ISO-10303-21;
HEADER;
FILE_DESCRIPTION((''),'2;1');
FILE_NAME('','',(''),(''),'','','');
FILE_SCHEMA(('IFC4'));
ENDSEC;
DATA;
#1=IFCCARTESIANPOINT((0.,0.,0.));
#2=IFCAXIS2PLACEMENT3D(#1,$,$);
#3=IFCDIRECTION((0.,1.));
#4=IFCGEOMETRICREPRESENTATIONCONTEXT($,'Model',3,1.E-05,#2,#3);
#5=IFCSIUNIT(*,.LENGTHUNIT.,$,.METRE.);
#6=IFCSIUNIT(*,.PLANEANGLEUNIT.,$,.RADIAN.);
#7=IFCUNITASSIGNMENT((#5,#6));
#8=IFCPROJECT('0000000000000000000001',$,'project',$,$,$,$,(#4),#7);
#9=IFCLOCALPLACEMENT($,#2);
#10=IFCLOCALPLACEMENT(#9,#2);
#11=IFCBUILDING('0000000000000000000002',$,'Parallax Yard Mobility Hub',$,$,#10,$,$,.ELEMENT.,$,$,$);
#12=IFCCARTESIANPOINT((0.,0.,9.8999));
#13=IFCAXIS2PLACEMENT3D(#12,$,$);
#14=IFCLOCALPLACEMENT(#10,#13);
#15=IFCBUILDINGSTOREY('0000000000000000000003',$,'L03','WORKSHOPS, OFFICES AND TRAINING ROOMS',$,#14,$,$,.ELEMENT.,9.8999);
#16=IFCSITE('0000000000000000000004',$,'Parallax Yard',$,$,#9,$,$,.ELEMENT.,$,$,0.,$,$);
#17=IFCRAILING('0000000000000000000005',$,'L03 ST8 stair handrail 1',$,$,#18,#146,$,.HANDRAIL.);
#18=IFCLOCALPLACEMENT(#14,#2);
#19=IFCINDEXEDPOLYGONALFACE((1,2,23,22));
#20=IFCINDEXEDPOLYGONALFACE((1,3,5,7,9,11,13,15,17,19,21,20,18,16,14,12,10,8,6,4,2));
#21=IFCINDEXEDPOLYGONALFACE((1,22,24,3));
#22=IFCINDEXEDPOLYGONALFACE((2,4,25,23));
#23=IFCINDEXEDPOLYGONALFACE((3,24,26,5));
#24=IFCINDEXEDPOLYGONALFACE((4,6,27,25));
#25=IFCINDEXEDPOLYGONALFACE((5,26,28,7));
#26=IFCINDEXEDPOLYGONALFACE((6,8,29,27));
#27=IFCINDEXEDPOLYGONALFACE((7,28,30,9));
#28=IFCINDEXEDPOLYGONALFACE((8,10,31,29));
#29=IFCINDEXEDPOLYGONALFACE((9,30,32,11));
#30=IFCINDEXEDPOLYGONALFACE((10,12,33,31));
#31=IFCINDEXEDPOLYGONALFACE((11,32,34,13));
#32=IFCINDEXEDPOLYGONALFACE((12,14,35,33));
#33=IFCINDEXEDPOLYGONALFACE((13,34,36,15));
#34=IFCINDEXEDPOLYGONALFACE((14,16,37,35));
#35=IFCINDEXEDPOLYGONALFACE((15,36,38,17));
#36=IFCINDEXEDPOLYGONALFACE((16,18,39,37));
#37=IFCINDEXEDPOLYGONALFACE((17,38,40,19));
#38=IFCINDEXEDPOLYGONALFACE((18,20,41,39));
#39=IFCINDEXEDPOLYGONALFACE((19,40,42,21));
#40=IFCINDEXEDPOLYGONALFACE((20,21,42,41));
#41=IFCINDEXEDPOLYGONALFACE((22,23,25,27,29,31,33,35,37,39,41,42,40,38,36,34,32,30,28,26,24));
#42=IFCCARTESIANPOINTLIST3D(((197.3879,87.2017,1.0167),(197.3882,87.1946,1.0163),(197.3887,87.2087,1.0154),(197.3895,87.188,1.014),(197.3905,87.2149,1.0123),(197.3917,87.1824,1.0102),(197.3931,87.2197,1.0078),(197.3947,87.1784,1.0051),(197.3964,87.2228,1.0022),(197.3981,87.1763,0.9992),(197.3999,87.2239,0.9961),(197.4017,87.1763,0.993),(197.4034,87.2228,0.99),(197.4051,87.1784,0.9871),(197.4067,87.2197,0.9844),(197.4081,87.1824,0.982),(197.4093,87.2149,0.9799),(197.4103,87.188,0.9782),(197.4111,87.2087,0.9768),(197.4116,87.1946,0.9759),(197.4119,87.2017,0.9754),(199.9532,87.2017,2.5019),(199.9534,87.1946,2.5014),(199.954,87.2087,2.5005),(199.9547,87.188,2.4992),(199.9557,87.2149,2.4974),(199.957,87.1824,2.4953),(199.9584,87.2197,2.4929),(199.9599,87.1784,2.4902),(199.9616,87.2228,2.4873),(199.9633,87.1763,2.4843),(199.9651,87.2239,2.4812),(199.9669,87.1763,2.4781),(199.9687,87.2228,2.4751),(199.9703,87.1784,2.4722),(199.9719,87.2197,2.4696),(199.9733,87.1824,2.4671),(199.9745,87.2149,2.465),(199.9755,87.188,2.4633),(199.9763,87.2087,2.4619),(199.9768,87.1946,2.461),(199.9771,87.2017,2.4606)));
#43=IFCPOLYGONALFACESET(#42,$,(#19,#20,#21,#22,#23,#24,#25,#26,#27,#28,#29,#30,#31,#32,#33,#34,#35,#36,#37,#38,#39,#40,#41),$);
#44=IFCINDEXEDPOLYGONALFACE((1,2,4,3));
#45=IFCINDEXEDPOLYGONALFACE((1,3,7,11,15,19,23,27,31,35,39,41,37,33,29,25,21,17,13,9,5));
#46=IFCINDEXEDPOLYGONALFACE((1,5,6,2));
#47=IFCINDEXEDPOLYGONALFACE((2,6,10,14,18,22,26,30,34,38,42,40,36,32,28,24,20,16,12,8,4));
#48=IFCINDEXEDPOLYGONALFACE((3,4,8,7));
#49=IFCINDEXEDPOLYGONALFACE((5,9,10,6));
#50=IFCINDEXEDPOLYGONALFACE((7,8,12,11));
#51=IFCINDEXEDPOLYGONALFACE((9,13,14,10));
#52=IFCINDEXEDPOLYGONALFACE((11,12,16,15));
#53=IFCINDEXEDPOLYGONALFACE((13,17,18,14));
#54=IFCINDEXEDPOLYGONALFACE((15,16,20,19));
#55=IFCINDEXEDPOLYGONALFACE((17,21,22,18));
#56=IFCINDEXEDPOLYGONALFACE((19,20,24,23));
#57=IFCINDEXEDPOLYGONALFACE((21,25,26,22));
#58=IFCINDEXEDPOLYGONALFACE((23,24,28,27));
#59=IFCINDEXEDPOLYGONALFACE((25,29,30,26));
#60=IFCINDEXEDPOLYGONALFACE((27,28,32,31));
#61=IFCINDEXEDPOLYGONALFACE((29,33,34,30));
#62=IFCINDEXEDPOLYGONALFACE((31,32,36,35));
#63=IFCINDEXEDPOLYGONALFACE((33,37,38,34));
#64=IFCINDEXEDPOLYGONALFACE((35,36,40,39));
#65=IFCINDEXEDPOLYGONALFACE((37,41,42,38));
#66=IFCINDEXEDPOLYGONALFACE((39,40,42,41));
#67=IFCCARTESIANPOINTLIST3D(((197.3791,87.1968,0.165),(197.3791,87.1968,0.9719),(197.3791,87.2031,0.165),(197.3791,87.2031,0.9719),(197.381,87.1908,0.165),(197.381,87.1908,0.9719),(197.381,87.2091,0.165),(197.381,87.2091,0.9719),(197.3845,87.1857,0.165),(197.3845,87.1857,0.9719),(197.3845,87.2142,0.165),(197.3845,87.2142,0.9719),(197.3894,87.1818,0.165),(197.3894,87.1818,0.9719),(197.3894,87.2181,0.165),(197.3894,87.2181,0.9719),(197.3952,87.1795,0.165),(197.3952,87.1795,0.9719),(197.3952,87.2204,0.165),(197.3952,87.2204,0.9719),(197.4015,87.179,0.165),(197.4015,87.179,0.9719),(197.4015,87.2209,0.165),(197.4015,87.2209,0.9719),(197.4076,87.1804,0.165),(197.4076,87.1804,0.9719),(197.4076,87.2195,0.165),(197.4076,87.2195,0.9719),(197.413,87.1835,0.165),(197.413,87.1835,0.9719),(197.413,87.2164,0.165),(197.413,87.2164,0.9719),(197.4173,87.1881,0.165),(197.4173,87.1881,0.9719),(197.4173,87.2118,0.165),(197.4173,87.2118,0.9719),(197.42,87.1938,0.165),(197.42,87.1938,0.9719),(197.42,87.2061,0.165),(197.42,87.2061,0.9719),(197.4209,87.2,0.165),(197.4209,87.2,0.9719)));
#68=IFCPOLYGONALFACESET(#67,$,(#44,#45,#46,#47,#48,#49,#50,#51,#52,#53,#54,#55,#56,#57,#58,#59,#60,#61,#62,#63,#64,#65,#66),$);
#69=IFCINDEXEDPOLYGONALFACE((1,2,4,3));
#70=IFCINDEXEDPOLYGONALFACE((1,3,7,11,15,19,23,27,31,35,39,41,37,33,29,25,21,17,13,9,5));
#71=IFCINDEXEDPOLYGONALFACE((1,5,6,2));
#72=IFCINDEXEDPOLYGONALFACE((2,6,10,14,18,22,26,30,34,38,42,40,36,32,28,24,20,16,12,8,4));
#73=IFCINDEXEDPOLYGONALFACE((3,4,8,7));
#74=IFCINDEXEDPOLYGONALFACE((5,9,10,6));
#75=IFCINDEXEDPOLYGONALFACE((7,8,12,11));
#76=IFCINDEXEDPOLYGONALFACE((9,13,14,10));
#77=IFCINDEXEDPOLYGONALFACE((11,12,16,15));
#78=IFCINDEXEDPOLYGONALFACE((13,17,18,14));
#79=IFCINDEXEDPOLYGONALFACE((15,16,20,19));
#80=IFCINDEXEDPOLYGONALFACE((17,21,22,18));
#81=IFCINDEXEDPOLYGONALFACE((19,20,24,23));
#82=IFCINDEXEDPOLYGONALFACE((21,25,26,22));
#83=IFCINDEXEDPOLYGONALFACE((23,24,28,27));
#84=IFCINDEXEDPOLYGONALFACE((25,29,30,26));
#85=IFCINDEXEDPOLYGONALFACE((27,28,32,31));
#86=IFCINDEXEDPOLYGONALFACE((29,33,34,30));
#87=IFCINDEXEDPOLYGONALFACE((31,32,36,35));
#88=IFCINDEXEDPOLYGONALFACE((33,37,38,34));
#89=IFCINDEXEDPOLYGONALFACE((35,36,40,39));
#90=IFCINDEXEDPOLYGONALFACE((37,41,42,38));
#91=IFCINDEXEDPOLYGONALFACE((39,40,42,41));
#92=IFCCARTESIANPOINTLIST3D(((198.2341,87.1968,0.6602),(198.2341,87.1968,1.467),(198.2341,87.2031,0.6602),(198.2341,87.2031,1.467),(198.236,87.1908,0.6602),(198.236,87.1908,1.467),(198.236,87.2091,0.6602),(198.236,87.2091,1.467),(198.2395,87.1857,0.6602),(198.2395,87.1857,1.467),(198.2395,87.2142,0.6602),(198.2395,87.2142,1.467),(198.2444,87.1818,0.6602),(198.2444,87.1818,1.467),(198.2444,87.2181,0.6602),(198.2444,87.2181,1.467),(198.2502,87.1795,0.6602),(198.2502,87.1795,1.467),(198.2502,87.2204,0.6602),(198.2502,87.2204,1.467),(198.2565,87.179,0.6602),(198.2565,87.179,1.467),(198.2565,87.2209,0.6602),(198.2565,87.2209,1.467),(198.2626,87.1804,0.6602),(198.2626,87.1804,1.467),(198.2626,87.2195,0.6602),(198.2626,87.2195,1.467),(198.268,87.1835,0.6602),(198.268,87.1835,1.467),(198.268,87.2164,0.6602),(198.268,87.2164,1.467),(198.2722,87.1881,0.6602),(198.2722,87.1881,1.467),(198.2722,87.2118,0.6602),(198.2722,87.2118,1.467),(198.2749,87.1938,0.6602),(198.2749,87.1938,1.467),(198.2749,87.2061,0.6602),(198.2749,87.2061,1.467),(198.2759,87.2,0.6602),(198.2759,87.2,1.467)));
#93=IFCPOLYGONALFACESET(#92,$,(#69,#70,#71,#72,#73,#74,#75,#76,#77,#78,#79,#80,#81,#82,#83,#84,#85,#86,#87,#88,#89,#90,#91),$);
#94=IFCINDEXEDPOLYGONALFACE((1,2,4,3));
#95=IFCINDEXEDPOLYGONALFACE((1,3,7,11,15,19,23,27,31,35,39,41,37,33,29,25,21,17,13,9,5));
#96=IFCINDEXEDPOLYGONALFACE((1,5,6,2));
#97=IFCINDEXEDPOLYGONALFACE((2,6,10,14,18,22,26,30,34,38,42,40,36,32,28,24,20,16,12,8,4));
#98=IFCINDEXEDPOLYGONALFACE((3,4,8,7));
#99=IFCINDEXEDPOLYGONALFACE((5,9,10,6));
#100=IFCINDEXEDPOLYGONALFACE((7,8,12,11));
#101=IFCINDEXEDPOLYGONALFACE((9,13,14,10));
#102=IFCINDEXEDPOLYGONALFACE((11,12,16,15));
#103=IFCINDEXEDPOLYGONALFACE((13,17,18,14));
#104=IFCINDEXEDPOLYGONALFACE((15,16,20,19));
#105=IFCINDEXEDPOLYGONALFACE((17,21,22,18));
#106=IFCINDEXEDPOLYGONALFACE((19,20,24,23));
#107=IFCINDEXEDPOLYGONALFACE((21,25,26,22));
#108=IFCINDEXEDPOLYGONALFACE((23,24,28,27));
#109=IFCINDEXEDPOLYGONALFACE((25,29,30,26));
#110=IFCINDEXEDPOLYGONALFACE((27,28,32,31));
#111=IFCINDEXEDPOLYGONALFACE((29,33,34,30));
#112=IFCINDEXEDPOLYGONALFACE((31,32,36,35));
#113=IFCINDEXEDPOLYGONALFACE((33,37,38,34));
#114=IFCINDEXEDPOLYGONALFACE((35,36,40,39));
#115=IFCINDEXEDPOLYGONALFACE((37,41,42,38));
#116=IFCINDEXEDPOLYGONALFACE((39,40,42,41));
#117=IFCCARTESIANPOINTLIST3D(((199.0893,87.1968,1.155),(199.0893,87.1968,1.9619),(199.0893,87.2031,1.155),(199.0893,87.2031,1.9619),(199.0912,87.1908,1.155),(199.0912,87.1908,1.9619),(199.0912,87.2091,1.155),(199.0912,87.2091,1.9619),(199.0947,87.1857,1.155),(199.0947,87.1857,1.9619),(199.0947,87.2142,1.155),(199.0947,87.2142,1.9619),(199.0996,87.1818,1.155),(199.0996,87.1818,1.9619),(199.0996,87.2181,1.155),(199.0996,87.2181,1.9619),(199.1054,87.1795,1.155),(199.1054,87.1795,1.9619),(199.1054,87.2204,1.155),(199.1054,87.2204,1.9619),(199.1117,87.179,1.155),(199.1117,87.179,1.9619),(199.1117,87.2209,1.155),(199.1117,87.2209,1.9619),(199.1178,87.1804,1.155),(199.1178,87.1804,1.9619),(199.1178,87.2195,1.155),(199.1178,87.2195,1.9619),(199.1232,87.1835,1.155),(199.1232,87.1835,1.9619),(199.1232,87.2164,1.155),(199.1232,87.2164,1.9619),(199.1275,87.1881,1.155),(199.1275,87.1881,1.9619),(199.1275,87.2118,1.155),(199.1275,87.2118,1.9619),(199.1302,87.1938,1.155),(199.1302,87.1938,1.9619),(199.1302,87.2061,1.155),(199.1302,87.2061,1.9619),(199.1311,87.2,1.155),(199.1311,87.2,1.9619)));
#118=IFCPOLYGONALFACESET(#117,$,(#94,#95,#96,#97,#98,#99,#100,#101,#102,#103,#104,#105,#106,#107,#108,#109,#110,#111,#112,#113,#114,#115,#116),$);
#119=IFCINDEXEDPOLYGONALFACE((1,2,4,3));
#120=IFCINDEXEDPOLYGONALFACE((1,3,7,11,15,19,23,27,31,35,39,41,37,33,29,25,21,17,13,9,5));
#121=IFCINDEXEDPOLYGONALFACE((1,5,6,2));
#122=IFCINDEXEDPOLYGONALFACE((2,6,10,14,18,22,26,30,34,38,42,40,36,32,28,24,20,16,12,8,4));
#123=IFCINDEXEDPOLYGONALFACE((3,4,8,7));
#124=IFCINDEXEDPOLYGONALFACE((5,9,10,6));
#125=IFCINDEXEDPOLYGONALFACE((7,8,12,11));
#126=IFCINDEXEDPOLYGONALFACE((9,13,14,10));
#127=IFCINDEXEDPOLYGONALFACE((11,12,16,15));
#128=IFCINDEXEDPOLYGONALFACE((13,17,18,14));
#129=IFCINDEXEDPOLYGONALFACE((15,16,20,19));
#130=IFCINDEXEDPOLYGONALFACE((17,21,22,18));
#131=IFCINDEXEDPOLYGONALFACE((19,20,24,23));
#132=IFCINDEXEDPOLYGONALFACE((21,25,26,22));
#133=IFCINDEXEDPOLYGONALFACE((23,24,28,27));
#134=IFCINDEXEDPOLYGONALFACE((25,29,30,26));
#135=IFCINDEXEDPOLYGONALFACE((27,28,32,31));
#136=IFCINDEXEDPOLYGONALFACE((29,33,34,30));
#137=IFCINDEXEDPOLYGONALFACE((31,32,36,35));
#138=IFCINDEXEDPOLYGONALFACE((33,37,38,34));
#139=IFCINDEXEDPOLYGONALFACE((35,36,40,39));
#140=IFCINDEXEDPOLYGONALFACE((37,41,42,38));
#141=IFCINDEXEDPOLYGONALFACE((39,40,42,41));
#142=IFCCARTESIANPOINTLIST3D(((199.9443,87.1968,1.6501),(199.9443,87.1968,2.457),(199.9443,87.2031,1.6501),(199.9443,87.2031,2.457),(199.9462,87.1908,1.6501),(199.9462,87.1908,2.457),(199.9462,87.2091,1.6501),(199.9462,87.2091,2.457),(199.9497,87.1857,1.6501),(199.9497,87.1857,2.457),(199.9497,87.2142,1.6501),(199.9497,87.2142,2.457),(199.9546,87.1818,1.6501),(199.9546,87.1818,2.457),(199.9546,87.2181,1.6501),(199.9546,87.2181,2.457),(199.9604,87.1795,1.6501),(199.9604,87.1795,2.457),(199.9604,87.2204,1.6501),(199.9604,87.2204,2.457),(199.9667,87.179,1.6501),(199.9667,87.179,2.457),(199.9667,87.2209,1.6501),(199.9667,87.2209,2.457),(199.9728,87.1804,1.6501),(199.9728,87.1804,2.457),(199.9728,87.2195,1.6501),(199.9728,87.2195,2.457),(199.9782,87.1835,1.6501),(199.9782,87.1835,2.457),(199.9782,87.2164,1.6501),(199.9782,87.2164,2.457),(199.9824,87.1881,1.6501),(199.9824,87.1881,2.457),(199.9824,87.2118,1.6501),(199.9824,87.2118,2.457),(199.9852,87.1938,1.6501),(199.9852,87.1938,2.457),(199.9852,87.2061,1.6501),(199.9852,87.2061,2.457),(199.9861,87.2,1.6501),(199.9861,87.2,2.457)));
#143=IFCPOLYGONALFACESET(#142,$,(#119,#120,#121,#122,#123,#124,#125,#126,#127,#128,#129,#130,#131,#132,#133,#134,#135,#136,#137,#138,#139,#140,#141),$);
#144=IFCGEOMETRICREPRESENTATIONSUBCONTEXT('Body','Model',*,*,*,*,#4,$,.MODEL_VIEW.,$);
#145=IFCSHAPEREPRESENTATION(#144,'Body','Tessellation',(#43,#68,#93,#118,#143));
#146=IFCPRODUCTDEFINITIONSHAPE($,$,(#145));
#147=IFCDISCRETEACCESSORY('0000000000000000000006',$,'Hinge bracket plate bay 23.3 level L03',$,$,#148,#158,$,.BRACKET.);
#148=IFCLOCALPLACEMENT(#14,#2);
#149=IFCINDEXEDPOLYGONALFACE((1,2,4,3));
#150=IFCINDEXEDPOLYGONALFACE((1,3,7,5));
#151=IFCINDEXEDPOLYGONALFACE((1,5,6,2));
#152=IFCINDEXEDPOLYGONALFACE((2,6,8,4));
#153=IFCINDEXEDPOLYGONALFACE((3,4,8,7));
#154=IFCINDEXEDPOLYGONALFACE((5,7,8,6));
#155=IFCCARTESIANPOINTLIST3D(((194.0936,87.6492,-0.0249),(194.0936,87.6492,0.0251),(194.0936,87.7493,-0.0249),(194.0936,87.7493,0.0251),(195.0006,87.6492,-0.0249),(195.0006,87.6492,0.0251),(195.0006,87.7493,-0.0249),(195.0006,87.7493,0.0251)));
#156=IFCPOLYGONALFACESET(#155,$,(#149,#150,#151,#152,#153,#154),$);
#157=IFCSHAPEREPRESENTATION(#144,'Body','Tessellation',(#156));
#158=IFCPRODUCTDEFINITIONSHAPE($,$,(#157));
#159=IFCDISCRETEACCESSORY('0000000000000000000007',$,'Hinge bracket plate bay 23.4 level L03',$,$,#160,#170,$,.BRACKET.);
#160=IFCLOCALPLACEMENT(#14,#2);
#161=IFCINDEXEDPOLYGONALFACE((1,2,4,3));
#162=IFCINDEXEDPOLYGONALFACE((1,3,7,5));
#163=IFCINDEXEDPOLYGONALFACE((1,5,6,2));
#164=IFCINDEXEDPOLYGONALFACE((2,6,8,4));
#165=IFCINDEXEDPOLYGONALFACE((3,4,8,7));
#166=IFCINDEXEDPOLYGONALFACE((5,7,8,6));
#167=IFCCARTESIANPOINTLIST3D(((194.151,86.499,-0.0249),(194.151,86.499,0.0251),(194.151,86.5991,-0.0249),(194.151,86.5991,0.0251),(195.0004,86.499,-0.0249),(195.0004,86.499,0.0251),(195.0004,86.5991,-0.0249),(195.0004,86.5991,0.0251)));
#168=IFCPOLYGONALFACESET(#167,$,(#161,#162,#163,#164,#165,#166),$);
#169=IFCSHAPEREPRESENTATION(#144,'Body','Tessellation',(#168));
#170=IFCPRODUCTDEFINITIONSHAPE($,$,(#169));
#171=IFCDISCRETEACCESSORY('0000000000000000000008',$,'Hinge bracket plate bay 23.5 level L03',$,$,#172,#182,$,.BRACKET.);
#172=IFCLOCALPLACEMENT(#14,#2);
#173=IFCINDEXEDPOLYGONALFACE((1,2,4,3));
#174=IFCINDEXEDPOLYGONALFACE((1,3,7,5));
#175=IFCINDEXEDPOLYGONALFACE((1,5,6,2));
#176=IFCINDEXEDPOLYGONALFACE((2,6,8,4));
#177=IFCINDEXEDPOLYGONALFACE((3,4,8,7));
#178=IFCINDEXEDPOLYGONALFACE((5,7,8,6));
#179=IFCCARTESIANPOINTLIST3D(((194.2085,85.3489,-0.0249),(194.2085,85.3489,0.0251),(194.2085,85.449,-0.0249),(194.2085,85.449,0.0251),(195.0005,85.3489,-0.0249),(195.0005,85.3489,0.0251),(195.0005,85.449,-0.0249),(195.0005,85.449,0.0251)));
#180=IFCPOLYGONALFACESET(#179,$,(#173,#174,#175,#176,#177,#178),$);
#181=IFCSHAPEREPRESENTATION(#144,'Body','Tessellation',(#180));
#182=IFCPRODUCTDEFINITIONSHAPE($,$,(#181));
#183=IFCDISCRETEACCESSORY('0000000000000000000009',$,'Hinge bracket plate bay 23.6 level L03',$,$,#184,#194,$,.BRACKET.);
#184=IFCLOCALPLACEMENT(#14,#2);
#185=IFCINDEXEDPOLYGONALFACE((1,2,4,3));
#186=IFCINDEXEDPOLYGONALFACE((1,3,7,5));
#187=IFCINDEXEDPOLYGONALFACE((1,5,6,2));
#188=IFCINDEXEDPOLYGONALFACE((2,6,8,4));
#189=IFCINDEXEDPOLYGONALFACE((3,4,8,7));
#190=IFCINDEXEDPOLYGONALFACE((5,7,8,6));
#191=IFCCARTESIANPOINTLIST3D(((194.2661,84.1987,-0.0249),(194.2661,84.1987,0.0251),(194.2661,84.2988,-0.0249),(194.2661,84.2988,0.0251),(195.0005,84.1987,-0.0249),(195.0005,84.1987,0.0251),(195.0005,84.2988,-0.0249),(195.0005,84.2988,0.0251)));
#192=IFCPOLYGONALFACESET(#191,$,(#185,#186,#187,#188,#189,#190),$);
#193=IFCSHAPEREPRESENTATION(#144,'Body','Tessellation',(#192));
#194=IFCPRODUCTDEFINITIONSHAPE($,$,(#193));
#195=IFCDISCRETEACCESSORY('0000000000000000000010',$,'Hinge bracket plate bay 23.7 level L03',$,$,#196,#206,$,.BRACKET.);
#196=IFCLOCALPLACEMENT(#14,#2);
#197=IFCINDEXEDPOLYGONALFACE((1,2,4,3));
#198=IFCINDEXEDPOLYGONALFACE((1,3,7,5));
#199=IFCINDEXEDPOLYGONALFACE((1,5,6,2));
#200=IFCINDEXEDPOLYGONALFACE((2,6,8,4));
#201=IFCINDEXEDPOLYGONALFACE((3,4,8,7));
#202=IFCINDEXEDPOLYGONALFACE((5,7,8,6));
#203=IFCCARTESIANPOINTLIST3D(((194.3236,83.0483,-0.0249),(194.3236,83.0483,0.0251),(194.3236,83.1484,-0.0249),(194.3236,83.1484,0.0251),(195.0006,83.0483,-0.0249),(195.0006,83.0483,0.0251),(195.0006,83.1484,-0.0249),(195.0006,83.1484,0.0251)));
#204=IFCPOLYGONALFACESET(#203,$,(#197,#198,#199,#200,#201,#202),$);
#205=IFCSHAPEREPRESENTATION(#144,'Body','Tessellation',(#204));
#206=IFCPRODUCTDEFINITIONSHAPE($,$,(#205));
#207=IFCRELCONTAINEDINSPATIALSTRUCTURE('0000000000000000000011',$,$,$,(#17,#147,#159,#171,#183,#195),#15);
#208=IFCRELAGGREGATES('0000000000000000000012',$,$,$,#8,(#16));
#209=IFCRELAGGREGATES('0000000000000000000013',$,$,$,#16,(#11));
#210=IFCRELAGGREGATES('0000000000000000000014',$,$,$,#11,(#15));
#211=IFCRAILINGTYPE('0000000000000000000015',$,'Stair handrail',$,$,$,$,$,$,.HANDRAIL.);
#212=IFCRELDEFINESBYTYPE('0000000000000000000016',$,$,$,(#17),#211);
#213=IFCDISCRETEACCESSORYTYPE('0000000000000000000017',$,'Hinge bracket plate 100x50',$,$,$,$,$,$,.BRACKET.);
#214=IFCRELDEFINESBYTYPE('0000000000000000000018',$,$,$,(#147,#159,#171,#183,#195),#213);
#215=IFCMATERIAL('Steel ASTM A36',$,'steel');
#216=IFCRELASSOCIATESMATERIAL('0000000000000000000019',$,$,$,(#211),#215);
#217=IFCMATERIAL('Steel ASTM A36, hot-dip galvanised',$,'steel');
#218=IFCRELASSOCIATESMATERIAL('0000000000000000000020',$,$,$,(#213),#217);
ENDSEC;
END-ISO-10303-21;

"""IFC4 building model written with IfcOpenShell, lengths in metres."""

from ifc_helpers import new_model, si_unit, direction, frame, origin, origin_2d, place, context, subcontext, project, spatial, rectangle, circle, extrude, material, type_object, element, save


model = new_model("IFC4")

# Units and contexts
model_context = context("Model", 3, precision=1e-05, world=origin(), true_north=direction((0.0, 1.0)))
body_context = subcontext(model_context, "Body", "Model", "MODEL_VIEW")
ifc_project = project(units=[si_unit("LENGTHUNIT", "METRE"), si_unit("PLANEANGLEUNIT", "RADIAN")], contexts=[model_context])

# Site, building, storey
site_placement = place(None, origin())
site = spatial("IfcSite", under=ifc_project, at=site_placement, Name="Parallax Yard", CompositionType="ELEMENT", RefElevation=0.0)
building_placement = place(site_placement, origin())
building = spatial("IfcBuilding", under=site, at=building_placement, Name="Parallax Yard Mobility Hub", CompositionType="ELEMENT")
storey_placement = place(building_placement, frame((0.0, 0.0, 9.8999)))
storey = spatial("IfcBuildingStorey", under=building, at=storey_placement, Name="L03", Description="WORKSHOPS, OFFICES AND TRAINING ROOMS", CompositionType="ELEMENT", Elevation=9.8999)

# Railing
ifc_material_1 = material(Name="Steel ASTM A36", Category="steel")
railing_type = type_object("IfcRailingType", Name="Stair handrail", PredefinedType="HANDRAIL", material=ifc_material_1)
railing_placement = place(storey_placement, frame((197.3999, 87.2, 0.165)))
element("IfcRailing", 1, at=railing_placement, inside=storey, type_object=railing_type, Name="L03 ST8 stair handrail 1", PredefinedType="HANDRAIL", context=body_context, shape_type="SweptSolid", body=[
    extrude(circle(Radius=0.0239, at=origin_2d()), frame((0.0, 0.0, 0.8311), z_axis=(0.865426, 0.0, 0.501036), x_axis=(0.0, 1.0, 0.0)), (0.0, 0.0, 1.0), 2.9641),
    extrude(circle(Radius=0.021, at=origin_2d()), origin(), (0.0, 0.0, 1.0), 0.8069),
    extrude(circle(Radius=0.021, at=origin_2d()), frame((0.855, 0.0, 0.4951)), (0.0, 0.0, 1.0), 0.8069),
    extrude(circle(Radius=0.021, at=origin_2d()), frame((1.7102, 0.0, 0.99)), (0.0, 0.0, 1.0), 0.8069),
    extrude(circle(Radius=0.021, at=origin_2d()), frame((2.5652, 0.0, 1.4851)), (0.0, 0.0, 1.0), 0.8069),
])

# Discrete accessories
ifc_material_2 = material(Name="Steel ASTM A36, hot-dip galvanised", Category="steel")
discrete_accessory_type_1 = type_object("IfcDiscreteAccessoryType", Name="Hinge bracket plate 100x50", PredefinedType="BRACKET", material=ifc_material_2)
discrete_accessory_1_placement = place(storey_placement, frame((194.5471, 87.6992, -0.0249), z_axis=(0.0, 0.0, 1.0), x_axis=(-1.0, 0.0, 0.0)))
element("IfcDiscreteAccessory", 2, at=discrete_accessory_1_placement, inside=storey, type_object=discrete_accessory_type_1, Name="Hinge bracket plate bay 23.3 level L03", PredefinedType="BRACKET", context=body_context, shape_type="SweptSolid", body=[
    extrude(rectangle(XDim=0.907, YDim=0.1001, at=origin_2d()), origin(), (0.0, 0.0, 1.0), 0.05),
])
discrete_accessory_2_placement = place(storey_placement, frame((194.5757, 86.5491, -0.0249), z_axis=(0.0, 0.0, 1.0), x_axis=(-1.0, 0.0, 0.0)))
element("IfcDiscreteAccessory", 3, at=discrete_accessory_2_placement, inside=storey, type_object=discrete_accessory_type_1, Name="Hinge bracket plate bay 23.4 level L03", PredefinedType="BRACKET", context=body_context, shape_type="SweptSolid", body=[
    extrude(rectangle(XDim=0.8494, YDim=0.1001, at=origin_2d()), origin(), (0.0, 0.0, 1.0), 0.05),
])
discrete_accessory_3_placement = place(storey_placement, frame((194.6045, 85.3989, -0.0249), z_axis=(0.0, 0.0, 1.0), x_axis=(-1.0, 0.0, 0.0)))
element("IfcDiscreteAccessory", 4, at=discrete_accessory_3_placement, inside=storey, type_object=discrete_accessory_type_1, Name="Hinge bracket plate bay 23.5 level L03", PredefinedType="BRACKET", context=body_context, shape_type="SweptSolid", body=[
    extrude(rectangle(XDim=0.792, YDim=0.1001, at=origin_2d()), origin(), (0.0, 0.0, 1.0), 0.05),
])
discrete_accessory_4_placement = place(storey_placement, frame((194.6333, 84.2488, -0.0249), z_axis=(0.0, 0.0, 1.0), x_axis=(-1.0, 0.0, 0.0)))
element("IfcDiscreteAccessory", 5, at=discrete_accessory_4_placement, inside=storey, type_object=discrete_accessory_type_1, Name="Hinge bracket plate bay 23.6 level L03", PredefinedType="BRACKET", context=body_context, shape_type="SweptSolid", body=[
    extrude(rectangle(XDim=0.7344, YDim=0.1001, at=origin_2d()), origin(), (0.0, 0.0, 1.0), 0.05),
])
discrete_accessory_5_placement = place(storey_placement, frame((194.6621, 83.0984, -0.0249), z_axis=(0.0, 0.0, 1.0), x_axis=(-1.0, 0.0, 0.0)))
element("IfcDiscreteAccessory", 6, at=discrete_accessory_5_placement, inside=storey, type_object=discrete_accessory_type_1, Name="Hinge bracket plate bay 23.7 level L03", PredefinedType="BRACKET", context=body_context, shape_type="SweptSolid", body=[
    extrude(rectangle(XDim=0.677, YDim=0.1001, at=origin_2d()), origin(), (0.0, 0.0, 1.0), 0.05),
])

save(model, "model.ifc")
